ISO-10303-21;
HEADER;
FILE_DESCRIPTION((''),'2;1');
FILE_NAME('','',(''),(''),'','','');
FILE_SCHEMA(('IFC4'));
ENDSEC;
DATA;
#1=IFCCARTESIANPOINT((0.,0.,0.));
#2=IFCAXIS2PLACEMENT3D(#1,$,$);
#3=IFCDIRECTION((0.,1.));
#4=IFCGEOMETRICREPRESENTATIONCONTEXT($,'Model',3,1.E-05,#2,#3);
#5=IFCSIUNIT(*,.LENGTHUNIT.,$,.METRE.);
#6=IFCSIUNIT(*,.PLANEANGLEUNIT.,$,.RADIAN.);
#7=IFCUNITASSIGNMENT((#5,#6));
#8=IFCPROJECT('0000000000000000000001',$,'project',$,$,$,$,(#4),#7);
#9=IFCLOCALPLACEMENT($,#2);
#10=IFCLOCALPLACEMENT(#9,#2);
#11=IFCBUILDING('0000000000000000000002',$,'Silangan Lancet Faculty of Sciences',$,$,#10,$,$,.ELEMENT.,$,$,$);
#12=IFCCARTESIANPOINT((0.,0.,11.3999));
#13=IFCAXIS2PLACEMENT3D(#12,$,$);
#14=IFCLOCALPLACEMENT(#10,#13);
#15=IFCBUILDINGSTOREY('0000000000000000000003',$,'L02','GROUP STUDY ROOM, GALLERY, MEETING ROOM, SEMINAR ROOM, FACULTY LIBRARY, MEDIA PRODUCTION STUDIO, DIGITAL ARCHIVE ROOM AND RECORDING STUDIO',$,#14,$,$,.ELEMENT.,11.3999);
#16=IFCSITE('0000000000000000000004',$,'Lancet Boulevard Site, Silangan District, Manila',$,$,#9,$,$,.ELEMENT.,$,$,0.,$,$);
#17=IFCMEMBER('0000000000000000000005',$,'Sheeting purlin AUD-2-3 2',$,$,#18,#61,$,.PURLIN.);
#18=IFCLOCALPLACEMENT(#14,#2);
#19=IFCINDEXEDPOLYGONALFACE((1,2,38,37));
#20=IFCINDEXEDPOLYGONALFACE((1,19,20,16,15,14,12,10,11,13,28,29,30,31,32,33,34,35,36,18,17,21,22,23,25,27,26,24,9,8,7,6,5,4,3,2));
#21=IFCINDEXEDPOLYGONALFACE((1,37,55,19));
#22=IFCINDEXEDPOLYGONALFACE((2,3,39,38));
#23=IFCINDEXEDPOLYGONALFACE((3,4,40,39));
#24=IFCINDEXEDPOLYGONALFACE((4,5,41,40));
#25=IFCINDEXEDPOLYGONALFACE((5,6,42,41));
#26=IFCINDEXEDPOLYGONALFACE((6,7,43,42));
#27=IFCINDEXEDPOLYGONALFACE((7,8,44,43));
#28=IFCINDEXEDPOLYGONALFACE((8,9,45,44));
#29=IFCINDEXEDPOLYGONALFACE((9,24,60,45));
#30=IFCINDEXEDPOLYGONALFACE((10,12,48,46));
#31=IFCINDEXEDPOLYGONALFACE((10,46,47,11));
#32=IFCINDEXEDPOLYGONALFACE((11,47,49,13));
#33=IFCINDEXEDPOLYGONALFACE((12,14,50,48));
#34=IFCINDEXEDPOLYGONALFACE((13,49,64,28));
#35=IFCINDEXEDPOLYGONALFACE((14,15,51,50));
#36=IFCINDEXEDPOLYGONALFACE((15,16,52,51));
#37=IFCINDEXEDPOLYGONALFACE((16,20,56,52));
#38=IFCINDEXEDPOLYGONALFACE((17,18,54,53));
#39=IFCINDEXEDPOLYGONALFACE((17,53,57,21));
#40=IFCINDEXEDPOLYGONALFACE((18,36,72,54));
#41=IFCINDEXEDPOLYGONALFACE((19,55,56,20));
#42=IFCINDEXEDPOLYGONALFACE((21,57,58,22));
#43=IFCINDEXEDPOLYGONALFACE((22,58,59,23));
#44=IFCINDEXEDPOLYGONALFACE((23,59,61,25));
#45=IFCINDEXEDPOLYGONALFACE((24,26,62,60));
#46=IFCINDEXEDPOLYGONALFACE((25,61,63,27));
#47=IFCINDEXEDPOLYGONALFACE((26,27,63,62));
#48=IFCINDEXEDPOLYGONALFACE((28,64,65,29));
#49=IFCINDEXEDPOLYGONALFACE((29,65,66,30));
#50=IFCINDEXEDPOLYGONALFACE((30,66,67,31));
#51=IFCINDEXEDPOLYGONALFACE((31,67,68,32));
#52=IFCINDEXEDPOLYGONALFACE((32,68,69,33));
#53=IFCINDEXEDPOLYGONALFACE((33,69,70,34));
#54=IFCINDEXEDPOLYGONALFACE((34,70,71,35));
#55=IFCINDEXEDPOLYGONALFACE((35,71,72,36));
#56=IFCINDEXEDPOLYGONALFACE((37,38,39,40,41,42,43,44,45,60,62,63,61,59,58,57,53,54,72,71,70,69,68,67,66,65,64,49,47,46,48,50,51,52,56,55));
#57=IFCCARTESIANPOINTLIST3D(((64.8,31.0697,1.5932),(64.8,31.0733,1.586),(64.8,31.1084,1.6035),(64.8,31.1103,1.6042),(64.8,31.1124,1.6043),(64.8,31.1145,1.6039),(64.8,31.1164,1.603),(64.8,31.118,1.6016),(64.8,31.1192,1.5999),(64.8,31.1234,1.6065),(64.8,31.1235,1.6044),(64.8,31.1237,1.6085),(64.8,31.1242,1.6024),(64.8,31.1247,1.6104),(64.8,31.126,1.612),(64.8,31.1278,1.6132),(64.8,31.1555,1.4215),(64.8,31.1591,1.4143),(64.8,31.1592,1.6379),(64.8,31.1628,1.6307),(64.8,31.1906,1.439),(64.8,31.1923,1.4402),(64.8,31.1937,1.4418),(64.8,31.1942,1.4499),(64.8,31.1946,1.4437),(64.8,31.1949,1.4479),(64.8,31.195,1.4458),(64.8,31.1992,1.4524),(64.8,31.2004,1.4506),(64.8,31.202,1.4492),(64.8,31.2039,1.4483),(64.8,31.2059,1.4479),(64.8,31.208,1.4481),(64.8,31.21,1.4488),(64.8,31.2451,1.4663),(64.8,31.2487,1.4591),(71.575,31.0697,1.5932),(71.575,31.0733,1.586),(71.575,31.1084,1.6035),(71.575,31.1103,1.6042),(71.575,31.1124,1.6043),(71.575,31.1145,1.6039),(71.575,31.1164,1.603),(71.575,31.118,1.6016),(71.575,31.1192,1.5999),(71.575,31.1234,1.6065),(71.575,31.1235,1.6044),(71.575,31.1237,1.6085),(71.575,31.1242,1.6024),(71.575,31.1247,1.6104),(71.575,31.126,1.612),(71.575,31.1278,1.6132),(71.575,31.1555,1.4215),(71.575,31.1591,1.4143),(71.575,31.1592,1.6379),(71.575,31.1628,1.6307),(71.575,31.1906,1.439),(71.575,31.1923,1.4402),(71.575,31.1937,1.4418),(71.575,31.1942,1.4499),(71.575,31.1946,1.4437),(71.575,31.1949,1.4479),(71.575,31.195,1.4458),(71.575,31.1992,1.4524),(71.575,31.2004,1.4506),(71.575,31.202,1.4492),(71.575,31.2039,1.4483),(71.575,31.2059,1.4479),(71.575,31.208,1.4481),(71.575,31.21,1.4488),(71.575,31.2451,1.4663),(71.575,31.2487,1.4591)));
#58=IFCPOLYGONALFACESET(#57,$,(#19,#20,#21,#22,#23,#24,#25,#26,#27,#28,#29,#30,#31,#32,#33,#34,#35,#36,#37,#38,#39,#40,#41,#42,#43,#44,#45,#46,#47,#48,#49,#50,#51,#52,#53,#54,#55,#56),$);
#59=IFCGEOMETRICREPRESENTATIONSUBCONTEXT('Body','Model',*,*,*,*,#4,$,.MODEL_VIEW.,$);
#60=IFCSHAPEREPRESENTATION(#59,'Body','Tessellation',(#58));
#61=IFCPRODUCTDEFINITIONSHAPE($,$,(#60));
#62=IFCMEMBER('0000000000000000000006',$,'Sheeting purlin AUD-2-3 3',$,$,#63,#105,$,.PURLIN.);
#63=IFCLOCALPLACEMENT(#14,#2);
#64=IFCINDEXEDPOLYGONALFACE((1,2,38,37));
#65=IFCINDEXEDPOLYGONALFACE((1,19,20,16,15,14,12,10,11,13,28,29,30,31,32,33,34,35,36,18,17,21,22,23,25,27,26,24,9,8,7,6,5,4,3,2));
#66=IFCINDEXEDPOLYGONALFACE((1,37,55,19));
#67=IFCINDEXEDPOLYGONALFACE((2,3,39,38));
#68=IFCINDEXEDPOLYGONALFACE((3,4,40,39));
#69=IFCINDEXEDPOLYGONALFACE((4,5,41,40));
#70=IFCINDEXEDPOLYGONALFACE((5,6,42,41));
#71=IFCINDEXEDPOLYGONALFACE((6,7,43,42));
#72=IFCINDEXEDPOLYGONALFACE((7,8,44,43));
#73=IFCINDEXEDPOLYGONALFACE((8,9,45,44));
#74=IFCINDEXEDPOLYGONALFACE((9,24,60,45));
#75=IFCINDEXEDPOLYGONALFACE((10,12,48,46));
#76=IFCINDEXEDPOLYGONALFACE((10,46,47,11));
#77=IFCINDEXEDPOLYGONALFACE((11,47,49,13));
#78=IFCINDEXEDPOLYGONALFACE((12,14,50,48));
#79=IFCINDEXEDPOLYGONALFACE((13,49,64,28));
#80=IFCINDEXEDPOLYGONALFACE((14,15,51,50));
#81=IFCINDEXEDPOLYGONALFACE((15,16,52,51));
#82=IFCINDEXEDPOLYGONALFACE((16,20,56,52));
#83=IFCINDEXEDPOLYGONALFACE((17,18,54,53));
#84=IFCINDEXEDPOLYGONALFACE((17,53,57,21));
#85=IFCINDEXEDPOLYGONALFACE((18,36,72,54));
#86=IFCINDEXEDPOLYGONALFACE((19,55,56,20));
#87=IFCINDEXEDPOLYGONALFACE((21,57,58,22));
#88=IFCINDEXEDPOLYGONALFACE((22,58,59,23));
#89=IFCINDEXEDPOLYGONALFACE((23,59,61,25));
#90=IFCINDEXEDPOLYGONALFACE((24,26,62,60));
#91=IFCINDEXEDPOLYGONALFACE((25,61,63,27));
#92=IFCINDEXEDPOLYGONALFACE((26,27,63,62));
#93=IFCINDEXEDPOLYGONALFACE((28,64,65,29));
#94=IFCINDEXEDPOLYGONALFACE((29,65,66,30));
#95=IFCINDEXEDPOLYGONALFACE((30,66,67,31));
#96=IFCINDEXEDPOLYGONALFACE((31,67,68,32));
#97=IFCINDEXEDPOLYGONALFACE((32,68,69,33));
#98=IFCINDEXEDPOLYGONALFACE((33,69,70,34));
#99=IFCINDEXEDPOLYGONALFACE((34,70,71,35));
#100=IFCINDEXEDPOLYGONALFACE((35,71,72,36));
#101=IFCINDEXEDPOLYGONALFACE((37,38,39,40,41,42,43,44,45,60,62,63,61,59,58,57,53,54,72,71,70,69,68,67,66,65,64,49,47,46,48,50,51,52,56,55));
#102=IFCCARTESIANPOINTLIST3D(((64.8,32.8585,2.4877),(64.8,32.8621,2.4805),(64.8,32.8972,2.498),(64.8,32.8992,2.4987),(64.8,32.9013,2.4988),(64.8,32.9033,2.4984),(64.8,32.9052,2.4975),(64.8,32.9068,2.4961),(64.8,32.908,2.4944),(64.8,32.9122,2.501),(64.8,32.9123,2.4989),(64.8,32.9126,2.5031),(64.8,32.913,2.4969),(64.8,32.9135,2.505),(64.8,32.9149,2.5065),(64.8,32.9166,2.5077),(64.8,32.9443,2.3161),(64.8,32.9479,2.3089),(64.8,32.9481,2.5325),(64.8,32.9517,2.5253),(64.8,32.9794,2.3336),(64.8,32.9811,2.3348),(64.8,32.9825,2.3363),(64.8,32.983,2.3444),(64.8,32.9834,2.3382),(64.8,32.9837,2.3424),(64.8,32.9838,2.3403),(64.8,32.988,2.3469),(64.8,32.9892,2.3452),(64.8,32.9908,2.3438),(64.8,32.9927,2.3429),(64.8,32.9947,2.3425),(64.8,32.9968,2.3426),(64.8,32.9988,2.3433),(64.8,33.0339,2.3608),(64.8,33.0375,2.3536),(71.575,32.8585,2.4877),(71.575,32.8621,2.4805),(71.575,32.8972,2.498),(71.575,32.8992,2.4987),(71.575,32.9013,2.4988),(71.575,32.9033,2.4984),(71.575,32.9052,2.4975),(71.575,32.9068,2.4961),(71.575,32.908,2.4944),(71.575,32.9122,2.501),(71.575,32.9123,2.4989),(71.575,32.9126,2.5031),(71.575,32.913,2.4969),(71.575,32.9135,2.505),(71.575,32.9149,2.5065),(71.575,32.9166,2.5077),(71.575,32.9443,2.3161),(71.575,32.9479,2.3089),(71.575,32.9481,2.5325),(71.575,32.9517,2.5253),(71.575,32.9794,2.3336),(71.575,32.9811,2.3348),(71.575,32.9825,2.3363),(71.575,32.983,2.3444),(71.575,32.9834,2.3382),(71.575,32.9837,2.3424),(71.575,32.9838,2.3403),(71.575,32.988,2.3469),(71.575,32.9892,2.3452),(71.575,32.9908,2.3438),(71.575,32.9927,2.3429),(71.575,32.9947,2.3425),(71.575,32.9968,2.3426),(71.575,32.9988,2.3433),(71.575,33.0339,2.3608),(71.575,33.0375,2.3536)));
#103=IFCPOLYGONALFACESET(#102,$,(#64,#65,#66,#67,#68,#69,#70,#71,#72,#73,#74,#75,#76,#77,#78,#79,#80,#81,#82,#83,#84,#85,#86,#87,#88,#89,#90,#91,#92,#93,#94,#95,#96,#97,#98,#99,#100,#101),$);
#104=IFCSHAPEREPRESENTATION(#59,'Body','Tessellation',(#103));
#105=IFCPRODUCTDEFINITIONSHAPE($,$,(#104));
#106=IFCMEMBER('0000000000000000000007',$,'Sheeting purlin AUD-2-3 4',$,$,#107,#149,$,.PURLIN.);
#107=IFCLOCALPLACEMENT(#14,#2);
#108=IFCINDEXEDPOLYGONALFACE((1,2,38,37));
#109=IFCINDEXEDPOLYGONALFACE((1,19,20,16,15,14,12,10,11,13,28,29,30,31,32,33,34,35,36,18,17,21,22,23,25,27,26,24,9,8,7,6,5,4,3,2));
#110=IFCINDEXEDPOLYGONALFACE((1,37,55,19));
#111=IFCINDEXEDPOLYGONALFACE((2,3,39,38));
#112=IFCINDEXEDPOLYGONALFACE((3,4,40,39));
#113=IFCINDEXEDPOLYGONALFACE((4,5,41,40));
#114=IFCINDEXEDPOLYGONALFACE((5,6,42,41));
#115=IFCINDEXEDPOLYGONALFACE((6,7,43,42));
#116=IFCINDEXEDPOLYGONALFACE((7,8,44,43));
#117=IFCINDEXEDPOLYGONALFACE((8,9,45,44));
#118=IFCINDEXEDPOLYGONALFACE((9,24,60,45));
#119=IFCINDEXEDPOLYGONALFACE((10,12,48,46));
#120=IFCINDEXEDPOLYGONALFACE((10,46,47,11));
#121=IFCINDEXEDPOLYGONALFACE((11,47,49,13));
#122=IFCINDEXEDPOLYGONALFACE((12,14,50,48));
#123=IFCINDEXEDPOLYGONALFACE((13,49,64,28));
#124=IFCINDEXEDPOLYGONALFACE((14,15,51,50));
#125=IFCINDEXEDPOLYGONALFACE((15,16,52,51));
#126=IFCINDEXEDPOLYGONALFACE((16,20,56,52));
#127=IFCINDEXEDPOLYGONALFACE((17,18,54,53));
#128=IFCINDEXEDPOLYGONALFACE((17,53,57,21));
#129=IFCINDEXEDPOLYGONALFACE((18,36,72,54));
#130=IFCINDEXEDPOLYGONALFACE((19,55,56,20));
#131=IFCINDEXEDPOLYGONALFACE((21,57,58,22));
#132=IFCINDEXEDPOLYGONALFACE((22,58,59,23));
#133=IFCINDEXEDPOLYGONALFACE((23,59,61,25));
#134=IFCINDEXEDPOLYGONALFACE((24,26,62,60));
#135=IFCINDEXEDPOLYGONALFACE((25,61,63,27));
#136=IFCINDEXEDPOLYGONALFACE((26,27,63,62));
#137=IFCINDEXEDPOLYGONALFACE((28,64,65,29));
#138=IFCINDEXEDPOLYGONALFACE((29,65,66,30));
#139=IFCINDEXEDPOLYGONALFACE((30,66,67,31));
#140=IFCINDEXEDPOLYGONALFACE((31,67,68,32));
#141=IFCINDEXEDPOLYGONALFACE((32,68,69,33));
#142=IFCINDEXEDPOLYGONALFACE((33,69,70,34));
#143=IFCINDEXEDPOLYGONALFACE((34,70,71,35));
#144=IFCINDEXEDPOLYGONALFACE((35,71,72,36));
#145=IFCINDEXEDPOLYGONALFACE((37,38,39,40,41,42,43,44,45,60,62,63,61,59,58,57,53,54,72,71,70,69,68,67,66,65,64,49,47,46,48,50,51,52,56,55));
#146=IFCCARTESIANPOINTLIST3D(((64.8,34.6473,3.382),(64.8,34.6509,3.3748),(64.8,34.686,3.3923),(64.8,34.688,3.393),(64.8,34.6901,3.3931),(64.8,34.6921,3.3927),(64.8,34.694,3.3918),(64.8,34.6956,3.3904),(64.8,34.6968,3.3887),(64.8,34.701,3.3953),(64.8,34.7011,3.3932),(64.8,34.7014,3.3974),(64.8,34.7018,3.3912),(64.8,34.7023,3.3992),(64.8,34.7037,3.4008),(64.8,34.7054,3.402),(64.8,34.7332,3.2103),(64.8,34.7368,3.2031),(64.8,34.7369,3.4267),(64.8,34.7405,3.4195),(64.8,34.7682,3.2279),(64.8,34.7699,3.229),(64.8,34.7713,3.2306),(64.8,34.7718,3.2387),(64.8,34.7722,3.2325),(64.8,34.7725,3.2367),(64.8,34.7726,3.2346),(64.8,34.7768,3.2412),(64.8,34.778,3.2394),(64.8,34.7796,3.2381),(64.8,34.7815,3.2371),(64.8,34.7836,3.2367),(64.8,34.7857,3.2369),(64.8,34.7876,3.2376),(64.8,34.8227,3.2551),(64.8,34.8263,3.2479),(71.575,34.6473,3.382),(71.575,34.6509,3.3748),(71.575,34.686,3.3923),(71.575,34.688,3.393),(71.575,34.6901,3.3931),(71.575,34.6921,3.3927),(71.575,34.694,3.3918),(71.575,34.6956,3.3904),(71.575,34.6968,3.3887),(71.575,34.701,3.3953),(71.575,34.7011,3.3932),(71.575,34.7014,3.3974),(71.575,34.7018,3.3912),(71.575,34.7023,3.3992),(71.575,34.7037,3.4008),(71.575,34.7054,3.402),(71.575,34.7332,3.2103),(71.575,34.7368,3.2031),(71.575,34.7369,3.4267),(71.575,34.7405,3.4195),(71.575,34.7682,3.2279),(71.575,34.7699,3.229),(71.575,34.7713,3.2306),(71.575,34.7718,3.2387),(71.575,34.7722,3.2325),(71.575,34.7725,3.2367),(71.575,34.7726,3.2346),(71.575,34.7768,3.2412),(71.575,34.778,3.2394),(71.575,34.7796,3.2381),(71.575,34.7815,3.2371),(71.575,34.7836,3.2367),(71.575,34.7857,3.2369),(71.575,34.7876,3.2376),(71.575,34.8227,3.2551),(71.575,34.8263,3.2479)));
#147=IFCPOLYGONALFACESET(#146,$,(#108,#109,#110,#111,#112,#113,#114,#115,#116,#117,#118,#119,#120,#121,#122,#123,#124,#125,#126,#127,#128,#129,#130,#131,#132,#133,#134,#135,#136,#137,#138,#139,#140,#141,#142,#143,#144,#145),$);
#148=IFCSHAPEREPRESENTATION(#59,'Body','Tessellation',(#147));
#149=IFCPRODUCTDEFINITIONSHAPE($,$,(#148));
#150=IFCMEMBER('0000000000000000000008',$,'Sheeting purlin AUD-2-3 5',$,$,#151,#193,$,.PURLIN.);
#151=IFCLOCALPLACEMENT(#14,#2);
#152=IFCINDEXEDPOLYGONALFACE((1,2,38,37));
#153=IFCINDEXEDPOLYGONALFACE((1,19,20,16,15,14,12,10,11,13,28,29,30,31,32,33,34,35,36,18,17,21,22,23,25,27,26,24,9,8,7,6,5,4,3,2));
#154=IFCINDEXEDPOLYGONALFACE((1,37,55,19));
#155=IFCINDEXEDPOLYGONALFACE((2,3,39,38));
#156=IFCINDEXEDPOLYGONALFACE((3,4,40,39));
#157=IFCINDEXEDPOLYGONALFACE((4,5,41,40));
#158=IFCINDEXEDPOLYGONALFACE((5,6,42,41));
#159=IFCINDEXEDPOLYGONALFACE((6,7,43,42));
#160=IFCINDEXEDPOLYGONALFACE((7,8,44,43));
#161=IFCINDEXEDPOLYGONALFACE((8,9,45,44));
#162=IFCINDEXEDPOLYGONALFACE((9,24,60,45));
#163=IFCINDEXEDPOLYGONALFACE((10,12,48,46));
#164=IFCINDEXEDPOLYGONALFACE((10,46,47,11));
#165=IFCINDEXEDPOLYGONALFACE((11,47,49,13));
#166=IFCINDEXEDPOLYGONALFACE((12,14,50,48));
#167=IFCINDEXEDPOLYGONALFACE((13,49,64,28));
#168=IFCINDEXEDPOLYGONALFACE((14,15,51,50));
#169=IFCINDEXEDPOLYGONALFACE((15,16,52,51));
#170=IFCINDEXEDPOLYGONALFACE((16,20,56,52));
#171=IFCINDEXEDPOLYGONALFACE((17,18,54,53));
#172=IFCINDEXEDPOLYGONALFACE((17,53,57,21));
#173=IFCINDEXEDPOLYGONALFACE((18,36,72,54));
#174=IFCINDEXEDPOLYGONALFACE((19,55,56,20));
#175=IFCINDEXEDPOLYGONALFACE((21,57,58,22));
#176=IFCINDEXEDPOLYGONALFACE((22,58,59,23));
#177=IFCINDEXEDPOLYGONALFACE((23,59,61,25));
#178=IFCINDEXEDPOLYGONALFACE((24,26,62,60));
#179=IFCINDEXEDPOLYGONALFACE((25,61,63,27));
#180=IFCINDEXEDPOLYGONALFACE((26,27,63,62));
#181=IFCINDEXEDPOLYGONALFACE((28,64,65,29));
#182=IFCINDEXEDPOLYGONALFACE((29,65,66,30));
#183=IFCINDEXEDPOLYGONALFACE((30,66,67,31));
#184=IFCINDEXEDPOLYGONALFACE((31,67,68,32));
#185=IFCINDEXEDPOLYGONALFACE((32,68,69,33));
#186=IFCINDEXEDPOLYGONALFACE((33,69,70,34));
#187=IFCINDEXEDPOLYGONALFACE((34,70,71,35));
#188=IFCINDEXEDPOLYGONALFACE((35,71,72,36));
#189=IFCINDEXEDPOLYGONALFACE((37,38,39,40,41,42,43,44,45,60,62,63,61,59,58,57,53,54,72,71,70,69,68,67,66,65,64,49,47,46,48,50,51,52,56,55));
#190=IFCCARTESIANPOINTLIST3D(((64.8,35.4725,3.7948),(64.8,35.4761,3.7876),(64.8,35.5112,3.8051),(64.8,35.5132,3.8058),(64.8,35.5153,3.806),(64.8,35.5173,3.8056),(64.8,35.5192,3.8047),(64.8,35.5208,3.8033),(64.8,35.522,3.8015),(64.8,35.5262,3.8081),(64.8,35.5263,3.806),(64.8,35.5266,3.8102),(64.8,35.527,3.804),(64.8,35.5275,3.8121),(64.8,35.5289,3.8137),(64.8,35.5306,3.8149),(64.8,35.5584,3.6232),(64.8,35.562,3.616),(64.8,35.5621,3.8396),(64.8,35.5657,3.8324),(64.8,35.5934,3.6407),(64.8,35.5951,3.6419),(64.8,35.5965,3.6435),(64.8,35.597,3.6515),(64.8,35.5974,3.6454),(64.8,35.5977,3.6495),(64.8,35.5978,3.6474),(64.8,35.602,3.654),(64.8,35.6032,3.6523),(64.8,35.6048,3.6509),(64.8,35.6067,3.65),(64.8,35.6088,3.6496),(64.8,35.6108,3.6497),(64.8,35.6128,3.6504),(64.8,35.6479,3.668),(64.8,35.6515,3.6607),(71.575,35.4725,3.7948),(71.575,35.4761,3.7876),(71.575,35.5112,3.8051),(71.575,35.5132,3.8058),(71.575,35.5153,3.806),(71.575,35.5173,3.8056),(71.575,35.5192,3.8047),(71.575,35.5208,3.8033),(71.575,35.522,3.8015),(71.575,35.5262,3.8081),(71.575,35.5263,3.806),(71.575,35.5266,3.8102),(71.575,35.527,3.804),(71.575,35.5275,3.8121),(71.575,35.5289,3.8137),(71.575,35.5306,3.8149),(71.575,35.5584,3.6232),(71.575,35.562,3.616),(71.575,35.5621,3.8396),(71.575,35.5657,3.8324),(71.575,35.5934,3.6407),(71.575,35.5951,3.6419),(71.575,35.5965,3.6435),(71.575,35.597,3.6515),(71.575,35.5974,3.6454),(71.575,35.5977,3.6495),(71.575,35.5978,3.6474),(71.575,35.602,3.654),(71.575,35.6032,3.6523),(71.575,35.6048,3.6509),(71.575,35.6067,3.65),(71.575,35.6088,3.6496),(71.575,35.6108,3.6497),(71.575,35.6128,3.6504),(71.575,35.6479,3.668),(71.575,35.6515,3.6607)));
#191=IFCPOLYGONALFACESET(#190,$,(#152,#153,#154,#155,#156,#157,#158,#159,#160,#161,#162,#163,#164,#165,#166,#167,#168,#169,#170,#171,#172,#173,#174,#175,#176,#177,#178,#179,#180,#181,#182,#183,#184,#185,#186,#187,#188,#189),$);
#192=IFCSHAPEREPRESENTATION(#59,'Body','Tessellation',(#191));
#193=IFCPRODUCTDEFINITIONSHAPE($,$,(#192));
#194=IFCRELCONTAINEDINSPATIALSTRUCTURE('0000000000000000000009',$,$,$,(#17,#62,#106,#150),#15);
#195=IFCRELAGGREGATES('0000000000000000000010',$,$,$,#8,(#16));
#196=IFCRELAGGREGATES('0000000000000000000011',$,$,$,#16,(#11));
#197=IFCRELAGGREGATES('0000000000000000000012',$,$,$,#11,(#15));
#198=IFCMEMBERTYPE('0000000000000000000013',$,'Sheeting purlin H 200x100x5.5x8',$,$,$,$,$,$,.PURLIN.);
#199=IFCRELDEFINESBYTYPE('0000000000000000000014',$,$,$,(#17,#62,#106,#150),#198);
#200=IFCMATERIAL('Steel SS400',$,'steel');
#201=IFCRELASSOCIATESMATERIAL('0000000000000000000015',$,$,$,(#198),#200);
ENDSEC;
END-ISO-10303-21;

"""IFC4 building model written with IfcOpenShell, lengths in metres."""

from ifc_helpers import new_model, si_unit, direction, frame, origin, origin_2d, place, context, subcontext, project, spatial, i_section, extrude, material, material_profile, profile_set, type_object, element, save


model = new_model("IFC4")

# Units and contexts
model_context = context("Model", 3, precision=1e-05, world=origin(), true_north=direction((0.0, 1.0)))
body_context = subcontext(model_context, "Body", "Model", "MODEL_VIEW")
ifc_project = project(units=[si_unit("LENGTHUNIT", "METRE"), si_unit("PLANEANGLEUNIT", "RADIAN")], contexts=[model_context])

# Site, building, storey
site_placement = place(None, origin())
site = spatial("IfcSite", under=ifc_project, at=site_placement, Name="Lancet Boulevard Site, Silangan District, Manila", CompositionType="ELEMENT", RefElevation=0.0)
building_placement = place(site_placement, origin())
building = spatial("IfcBuilding", under=site, at=building_placement, Name="Silangan Lancet Faculty of Sciences", CompositionType="ELEMENT")
storey_placement = place(building_placement, frame((0.0, 0.0, 11.3999)))
storey = spatial("IfcBuildingStorey", under=building, at=storey_placement, Name="L02", Description="GROUP STUDY ROOM, GALLERY, MEETING ROOM, SEMINAR ROOM, FACULTY LIBRARY, MEDIA PRODUCTION STUDIO, DIGITAL ARCHIVE ROOM AND RECORDING STUDIO", CompositionType="ELEMENT", Elevation=11.3999)

# Members
ifc_material_1 = material(Name="Steel SS400", Category="steel")
ifc_material_profile_1 = material_profile(ifc_material_1, i_section(OverallWidth=0.1001, OverallDepth=0.2, WebThickness=0.0056, FlangeThickness=0.0081, FilletRadius=0.0081, at=origin_2d()), Name="H 200x100x5.5x8")
ifc_profile_set_1 = profile_set([ifc_material_profile_1], Name="Steel SS400")
member_type_1 = type_object("IfcMemberType", Name="Sheeting purlin H 200x100x5.5x8", PredefinedType="PURLIN", material=ifc_profile_set_1)
for number, where, z_axis, x_axis, name in (
    (1, (64.8, 31.1592, 1.5261), (1.0, 0.0, 0.0), (0.0, 0.894427, 0.447214), "Sheeting purlin AUD-2-3 2"),
    (2, (64.8, 32.948, 2.4207), (1.0, 0.0, 0.0), (0.0, 0.894427, 0.447214), "Sheeting purlin AUD-2-3 3"),
    (3, (64.8, 34.7368, 3.3149), (1.0, 0.0, 0.0), (0.0, 0.894427, 0.447214), "Sheeting purlin AUD-2-3 4"),
    (4, (64.8, 35.562, 3.7278), (1.0, 0.0, 0.0), (0.0, 0.894427, 0.447214), "Sheeting purlin AUD-2-3 5"),
):
    element("IfcMember", number, at=place(storey_placement, frame(where, z_axis=z_axis, x_axis=x_axis)), inside=storey, type_object=member_type_1, Name=name, PredefinedType="PURLIN", context=body_context, shape_type="SweptSolid", body=[
        extrude(i_section(OverallWidth=0.1001, OverallDepth=0.2, WebThickness=0.0056, FlangeThickness=0.0081, FilletRadius=0.0081, at=origin_2d()), origin(), (0.0, 0.0, 1.0), 6.7749),
    ])

save(model, "model.ifc")
